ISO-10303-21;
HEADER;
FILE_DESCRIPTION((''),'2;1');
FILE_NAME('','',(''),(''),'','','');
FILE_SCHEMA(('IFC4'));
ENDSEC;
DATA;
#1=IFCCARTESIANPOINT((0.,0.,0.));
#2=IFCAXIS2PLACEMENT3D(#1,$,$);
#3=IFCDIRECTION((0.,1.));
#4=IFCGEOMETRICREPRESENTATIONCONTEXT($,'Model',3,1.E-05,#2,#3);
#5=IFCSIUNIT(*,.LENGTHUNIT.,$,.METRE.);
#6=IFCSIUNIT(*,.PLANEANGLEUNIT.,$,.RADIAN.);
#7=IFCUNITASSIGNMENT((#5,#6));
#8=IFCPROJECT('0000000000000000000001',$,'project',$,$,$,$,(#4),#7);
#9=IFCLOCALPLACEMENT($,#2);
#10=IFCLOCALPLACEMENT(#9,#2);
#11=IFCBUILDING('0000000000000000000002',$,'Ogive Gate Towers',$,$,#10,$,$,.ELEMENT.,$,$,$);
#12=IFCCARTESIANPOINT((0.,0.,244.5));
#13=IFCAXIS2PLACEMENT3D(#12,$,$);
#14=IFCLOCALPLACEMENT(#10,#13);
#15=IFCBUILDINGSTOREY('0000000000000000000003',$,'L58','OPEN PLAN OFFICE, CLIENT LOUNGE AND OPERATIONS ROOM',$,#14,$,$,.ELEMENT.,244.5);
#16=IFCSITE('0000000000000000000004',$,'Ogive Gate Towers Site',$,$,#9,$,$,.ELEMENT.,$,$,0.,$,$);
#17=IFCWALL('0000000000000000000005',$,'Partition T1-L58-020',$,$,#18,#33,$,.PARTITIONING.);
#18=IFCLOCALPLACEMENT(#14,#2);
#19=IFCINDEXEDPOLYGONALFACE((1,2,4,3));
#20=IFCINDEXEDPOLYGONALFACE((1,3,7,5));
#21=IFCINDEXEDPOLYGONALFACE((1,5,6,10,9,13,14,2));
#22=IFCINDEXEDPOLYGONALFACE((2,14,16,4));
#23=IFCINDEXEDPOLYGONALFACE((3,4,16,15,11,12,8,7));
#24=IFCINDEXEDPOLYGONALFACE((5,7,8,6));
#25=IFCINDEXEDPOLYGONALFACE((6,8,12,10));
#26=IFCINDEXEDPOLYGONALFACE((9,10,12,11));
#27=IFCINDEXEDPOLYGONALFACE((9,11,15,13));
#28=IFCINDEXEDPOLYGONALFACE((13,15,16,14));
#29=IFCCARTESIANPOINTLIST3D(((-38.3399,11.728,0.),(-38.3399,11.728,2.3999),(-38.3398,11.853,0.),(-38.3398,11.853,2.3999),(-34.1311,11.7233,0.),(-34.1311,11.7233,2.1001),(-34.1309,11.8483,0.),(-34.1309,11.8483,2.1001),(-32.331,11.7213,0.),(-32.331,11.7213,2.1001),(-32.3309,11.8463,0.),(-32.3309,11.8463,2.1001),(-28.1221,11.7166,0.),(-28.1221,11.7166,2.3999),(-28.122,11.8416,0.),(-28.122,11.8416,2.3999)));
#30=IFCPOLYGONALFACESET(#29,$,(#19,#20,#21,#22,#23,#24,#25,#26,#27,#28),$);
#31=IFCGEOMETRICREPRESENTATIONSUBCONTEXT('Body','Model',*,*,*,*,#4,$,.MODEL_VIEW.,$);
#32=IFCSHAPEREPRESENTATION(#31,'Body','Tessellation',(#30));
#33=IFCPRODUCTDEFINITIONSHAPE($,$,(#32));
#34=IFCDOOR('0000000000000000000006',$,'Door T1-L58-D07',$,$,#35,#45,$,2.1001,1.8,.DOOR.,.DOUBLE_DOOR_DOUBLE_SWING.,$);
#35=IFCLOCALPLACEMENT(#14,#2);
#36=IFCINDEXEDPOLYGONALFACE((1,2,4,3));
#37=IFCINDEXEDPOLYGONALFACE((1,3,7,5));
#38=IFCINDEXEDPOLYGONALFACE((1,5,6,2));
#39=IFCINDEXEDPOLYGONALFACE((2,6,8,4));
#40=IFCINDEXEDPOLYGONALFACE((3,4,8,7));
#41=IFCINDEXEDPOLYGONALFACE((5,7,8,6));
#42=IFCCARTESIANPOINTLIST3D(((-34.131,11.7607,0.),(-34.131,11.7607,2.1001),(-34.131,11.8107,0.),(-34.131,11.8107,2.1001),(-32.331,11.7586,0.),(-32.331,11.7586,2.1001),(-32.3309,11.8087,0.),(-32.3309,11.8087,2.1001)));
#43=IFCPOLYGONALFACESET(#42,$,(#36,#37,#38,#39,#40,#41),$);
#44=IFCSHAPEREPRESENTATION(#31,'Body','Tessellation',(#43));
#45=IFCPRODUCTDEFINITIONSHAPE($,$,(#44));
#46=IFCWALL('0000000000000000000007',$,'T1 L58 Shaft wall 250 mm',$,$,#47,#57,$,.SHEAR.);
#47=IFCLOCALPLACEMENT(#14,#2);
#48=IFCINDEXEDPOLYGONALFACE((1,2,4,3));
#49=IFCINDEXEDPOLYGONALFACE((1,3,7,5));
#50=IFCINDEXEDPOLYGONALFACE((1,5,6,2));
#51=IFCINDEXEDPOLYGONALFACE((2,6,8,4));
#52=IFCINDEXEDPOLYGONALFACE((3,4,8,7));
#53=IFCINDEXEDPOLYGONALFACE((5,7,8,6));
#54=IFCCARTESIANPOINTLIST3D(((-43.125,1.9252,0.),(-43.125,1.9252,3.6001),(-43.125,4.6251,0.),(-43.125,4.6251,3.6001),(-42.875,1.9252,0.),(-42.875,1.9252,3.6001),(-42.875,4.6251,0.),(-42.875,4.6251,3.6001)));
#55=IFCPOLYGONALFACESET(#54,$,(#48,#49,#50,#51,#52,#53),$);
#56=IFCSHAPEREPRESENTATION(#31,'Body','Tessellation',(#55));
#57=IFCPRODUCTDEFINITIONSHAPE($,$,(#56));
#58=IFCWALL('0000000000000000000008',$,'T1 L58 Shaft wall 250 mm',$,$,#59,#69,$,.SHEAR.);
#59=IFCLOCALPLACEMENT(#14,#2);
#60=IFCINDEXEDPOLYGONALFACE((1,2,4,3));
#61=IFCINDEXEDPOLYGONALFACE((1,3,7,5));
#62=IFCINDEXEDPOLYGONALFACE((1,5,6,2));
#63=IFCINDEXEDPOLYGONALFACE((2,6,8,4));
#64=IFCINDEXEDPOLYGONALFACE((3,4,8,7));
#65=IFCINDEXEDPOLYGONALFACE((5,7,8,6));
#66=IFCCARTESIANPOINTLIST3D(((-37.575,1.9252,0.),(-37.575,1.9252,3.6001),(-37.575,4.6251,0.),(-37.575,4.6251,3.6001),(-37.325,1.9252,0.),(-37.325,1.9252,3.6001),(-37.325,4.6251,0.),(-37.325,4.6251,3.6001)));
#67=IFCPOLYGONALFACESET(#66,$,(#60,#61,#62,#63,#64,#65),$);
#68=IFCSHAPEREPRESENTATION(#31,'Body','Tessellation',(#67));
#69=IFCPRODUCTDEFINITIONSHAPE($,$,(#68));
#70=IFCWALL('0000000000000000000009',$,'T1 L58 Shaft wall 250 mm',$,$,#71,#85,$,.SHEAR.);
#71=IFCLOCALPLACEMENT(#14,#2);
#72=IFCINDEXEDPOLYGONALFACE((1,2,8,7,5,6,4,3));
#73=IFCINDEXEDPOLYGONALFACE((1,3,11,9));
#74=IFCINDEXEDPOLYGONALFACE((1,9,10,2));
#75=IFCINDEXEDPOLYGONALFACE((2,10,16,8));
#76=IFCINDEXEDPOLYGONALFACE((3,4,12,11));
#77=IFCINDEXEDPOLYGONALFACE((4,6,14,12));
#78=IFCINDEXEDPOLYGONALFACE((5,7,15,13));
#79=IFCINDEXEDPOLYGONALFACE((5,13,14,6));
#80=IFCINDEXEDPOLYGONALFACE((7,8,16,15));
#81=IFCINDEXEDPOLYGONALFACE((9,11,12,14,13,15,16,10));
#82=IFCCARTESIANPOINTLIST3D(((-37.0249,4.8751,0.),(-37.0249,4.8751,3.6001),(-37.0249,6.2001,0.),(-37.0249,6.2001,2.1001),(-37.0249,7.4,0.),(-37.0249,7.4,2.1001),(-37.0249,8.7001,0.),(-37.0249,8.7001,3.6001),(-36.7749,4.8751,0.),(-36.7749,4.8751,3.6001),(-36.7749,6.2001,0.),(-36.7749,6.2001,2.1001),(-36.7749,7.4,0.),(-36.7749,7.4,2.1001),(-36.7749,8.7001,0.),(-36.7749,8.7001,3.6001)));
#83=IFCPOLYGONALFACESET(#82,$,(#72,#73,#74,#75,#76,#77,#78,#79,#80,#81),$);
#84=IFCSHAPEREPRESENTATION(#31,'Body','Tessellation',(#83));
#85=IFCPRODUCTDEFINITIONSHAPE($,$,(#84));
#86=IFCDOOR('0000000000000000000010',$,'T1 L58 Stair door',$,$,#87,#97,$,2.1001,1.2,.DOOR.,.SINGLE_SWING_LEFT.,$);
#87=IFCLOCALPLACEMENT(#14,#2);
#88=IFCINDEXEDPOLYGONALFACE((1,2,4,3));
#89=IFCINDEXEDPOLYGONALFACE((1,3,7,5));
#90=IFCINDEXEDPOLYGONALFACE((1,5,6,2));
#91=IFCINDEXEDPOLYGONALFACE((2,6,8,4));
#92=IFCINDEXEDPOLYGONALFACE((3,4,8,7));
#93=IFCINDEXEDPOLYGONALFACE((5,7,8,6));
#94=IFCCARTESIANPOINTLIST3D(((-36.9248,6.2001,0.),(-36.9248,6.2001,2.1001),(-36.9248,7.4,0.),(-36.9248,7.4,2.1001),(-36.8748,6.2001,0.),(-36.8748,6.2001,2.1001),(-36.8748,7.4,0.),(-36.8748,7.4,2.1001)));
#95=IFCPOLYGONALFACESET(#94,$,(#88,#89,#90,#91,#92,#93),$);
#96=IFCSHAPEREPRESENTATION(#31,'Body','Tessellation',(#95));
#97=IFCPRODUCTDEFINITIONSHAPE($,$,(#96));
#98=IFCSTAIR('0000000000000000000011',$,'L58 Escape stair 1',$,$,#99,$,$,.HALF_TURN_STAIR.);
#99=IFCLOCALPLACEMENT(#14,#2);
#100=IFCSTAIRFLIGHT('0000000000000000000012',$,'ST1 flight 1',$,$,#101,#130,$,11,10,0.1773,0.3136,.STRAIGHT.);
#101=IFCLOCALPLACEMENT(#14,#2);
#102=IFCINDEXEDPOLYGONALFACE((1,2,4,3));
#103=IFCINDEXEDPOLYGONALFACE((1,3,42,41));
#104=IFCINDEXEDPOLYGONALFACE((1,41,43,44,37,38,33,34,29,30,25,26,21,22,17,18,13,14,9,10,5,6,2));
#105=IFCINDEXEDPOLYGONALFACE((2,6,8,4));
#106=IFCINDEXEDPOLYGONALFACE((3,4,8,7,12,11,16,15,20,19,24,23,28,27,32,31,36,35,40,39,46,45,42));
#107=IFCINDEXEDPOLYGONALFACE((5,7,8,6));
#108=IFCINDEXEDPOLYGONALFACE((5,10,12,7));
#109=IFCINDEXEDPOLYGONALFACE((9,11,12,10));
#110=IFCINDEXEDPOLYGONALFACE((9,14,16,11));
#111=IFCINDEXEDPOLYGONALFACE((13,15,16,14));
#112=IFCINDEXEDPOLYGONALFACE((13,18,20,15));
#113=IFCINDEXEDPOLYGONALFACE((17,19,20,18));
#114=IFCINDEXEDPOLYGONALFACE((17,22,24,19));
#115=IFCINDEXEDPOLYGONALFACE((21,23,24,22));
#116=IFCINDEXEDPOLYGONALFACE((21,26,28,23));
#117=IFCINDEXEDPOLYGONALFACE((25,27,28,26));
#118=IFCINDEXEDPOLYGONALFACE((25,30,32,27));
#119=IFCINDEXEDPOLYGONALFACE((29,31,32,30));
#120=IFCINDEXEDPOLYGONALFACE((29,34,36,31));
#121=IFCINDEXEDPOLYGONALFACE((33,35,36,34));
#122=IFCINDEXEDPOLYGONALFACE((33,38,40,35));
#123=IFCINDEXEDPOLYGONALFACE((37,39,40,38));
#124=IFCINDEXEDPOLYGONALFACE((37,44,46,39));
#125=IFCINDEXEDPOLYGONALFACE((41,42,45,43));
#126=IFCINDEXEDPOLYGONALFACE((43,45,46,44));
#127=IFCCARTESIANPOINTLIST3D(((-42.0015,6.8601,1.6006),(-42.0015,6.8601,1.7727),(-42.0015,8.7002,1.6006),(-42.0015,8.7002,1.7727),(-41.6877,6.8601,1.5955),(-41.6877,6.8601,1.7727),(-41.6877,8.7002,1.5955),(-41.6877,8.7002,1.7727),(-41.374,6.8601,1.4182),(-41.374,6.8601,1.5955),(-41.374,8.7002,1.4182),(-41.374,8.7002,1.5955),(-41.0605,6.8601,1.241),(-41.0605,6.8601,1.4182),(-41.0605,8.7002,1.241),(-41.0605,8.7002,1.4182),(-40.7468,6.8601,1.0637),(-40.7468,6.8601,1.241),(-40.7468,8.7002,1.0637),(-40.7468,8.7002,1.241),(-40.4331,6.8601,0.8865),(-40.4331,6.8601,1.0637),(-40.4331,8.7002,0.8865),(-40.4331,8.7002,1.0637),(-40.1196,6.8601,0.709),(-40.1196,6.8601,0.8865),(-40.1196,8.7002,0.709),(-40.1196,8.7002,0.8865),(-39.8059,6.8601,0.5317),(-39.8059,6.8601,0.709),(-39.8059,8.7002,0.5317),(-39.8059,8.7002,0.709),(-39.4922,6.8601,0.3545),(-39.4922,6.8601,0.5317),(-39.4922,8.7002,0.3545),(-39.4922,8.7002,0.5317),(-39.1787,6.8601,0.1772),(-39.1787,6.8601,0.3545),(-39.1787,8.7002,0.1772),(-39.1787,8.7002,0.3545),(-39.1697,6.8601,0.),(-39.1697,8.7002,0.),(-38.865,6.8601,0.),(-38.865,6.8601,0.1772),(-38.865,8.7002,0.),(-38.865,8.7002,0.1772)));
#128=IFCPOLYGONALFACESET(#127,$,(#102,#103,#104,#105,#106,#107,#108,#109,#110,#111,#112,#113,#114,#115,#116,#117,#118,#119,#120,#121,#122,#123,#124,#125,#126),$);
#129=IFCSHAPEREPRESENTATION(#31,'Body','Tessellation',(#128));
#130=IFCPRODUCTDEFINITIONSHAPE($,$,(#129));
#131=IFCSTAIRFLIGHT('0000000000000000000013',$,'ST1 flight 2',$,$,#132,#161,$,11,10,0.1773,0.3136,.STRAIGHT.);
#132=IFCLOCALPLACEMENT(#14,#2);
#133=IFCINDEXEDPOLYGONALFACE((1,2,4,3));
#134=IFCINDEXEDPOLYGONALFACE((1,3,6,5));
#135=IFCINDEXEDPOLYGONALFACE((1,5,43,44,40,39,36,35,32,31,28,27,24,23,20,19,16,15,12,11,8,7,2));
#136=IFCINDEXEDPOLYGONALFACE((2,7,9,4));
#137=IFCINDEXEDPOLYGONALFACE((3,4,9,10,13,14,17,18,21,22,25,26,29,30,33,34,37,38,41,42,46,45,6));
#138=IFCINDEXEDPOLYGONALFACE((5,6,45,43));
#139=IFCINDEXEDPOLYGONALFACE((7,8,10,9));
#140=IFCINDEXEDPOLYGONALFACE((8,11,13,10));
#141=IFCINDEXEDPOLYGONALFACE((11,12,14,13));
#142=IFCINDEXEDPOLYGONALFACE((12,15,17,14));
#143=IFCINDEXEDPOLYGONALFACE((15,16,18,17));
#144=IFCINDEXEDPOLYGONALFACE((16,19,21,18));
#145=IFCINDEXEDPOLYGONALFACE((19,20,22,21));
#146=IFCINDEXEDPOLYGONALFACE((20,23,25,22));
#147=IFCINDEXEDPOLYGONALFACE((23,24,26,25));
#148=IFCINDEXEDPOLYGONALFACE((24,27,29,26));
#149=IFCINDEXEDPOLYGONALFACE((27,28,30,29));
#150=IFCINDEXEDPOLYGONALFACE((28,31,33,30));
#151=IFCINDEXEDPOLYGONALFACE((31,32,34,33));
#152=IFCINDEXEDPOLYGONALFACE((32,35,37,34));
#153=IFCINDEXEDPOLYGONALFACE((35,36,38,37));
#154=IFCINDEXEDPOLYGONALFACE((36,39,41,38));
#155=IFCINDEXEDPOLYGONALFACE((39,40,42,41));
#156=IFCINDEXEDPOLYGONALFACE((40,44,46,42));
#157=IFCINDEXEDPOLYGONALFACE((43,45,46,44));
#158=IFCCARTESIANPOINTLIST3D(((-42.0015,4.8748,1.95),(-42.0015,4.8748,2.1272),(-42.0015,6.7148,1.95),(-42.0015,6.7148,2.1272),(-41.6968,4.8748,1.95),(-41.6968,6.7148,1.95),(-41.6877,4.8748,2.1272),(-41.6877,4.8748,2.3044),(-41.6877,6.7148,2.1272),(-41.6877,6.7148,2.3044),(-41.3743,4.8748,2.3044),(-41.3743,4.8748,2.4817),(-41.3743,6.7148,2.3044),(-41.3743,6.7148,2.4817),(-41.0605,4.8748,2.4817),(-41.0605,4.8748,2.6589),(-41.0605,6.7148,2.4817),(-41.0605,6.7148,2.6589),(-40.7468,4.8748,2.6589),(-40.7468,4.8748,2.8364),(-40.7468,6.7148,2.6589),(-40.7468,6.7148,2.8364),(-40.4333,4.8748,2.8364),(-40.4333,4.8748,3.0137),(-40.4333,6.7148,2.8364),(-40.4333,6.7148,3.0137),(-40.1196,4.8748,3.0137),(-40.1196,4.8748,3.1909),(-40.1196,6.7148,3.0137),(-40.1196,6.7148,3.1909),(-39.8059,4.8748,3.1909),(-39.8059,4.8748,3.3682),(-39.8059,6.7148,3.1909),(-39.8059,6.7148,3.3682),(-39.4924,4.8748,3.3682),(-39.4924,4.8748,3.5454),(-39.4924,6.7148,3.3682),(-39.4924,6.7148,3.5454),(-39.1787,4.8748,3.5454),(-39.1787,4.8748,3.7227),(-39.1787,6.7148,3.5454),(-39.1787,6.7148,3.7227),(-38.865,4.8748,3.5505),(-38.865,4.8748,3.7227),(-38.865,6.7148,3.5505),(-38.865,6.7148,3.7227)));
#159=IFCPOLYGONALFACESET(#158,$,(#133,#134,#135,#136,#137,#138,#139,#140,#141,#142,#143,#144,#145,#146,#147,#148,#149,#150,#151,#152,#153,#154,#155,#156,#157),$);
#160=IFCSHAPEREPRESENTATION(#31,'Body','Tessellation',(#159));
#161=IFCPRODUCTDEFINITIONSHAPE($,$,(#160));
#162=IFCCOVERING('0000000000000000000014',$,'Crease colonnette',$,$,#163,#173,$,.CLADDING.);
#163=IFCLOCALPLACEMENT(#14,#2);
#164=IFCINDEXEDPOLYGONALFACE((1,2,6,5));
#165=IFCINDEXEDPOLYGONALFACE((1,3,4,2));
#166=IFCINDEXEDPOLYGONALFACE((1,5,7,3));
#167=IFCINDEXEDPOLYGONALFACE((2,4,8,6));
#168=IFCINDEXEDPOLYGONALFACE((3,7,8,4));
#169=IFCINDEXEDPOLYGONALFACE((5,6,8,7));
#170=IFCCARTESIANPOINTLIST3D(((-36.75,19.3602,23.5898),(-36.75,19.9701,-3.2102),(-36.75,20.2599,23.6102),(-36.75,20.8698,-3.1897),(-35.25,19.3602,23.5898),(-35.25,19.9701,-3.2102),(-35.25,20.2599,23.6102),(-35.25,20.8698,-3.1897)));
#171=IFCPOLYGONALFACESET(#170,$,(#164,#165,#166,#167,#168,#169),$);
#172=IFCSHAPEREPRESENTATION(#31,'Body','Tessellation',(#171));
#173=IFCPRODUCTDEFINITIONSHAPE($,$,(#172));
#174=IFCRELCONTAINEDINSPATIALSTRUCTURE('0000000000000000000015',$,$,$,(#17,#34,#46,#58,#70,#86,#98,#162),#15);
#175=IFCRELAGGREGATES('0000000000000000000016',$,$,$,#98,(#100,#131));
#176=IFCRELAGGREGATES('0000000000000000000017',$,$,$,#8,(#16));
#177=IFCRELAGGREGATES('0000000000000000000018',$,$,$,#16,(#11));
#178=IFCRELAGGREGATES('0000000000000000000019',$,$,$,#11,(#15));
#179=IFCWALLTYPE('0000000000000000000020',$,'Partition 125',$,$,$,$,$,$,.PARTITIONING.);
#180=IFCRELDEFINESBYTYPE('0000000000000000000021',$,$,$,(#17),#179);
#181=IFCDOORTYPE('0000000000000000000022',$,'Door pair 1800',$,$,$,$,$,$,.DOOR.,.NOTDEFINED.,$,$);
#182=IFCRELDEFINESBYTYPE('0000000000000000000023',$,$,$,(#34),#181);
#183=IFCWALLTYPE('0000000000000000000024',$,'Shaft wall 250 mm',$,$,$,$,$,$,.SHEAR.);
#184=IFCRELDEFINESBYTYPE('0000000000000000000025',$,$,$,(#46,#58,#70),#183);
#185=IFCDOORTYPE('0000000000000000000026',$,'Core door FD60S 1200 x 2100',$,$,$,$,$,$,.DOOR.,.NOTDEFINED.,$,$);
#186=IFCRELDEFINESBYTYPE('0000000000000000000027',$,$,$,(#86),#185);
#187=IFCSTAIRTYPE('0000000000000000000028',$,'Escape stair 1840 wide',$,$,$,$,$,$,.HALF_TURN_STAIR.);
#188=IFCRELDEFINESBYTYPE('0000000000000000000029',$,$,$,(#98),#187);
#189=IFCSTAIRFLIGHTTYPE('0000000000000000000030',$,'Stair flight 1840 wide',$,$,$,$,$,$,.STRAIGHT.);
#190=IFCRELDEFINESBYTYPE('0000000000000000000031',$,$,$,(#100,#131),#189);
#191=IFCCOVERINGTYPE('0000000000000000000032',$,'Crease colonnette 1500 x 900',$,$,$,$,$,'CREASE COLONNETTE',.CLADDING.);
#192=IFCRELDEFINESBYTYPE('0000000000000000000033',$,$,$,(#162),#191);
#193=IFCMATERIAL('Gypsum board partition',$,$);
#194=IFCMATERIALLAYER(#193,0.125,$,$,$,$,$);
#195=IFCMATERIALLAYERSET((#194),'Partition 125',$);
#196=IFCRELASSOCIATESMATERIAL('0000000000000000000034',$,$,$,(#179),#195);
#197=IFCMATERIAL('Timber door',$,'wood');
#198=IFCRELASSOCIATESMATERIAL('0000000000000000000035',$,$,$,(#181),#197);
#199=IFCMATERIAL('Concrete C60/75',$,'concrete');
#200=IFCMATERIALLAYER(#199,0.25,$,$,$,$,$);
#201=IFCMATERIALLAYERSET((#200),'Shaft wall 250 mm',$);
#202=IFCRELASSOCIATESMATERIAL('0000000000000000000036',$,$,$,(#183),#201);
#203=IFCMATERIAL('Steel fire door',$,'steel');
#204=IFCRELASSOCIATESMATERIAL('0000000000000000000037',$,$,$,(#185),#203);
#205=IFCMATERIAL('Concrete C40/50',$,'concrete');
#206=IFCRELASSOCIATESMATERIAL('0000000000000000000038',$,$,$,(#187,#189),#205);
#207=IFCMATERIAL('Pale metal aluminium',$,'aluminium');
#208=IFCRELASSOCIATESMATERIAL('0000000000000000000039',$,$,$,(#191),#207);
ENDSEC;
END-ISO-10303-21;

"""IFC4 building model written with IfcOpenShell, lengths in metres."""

from ifc_helpers import new_model, si_unit, direction, frame, frame_2d, origin, origin_2d, place, context, subcontext, project, spatial, polyline, rectangle, outline, extrude, material, layer, layer_set, material_profile, profile_set, type_object, element, fill, aggregate, save


model = new_model("IFC4")

# Units and contexts
model_context = context("Model", 3, precision=1e-05, world=origin(), true_north=direction((0.0, 1.0)))
body_context = subcontext(model_context, "Body", "Model", "MODEL_VIEW")
ifc_project = project(units=[si_unit("LENGTHUNIT", "METRE"), si_unit("PLANEANGLEUNIT", "RADIAN")], contexts=[model_context])

# Site, building, storey
site_placement = place(None, origin())
site = spatial("IfcSite", under=ifc_project, at=site_placement, Name="Ogive Gate Towers Site", CompositionType="ELEMENT", RefElevation=0.0)
building_placement = place(site_placement, origin())
building = spatial("IfcBuilding", under=site, at=building_placement, Name="Ogive Gate Towers", CompositionType="ELEMENT")
storey_placement = place(building_placement, frame((0.0, 0.0, 244.5)))
storey = spatial("IfcBuildingStorey", under=building, at=storey_placement, Name="L58", Description="OPEN PLAN OFFICE, CLIENT LOUNGE AND OPERATIONS ROOM", CompositionType="ELEMENT", Elevation=244.5)

# Shared definitions
ifc_material_1 = material(Name="Gypsum board partition")
ifc_layer_1 = layer(ifc_material_1, 0.125)
ifc_layer_set_1 = layer_set([ifc_layer_1], Name="Partition 125")
wall_type_1 = type_object("IfcWallType", Name="Partition 125", PredefinedType="PARTITIONING", material=ifc_layer_set_1)

# Wall, opening, door
wall_1_placement = place(storey_placement, frame((-38.3398, 11.7905, 0.0), z_axis=(0.0, 0.0, 1.0), x_axis=(0.999999, -0.001123, 0.0)))
wall_1 = element("IfcWall", 1, at=wall_1_placement, inside=storey, type_object=wall_type_1, Name="Partition T1-L58-020", PredefinedType="PARTITIONING", context=body_context, shape_type="SweptSolid", body=[
    extrude(rectangle(XDim=10.2178, YDim=0.125, at=frame_2d((5.1089, 0.0))), origin(), (0.0, 0.0, 1.0), 2.3999),
])
opening_1_placement = place(wall_1_placement, frame((4.209, 0.0, 0.0)))
opening_1 = element("IfcOpeningElement", 2, at=opening_1_placement, cuts=wall_1, PredefinedType="OPENING", context=body_context, shape_type="SweptSolid", body=[
    extrude(rectangle(XDim=1.8, YDim=2.1001, at=frame_2d((0.8999, 1.05))), frame((0.0, 0.0725, 0.0), z_axis=(0.0, -1.0, 0.0), x_axis=(1.0, 0.0, 0.0)), (0.0, 0.0, 1.0), 0.145),
])
ifc_material_2 = material(Name="Timber door", Category="wood")
door_type_1 = type_object("IfcDoorType", Name="Door pair 1800", OperationType="NOTDEFINED", PredefinedType="DOOR", material=ifc_material_2)
door_1_placement = place(opening_1_placement, origin())
door_1 = element("IfcDoor", 3, at=door_1_placement, inside=storey, type_object=door_type_1, Name="Door T1-L58-D07", OperationType="DOUBLE_DOOR_DOUBLE_SWING", OverallHeight=2.1001, OverallWidth=1.8, PredefinedType="DOOR", context=body_context, shape_type="SweptSolid", body=[
    extrude(rectangle(XDim=1.8, YDim=2.1001, at=frame_2d((0.8999, 1.05))), frame((0.0, 0.0249, 0.0), z_axis=(0.0, -1.0, 0.0), x_axis=(1.0, 0.0, 0.0)), (0.0, 0.0, 1.0), 0.05),
])
fill(opening_1, door_1)

# Walls
ifc_material_3 = material(Name="Concrete C60/75", Category="concrete")
ifc_layer_2 = layer(ifc_material_3, 0.25)
ifc_layer_set_2 = layer_set([ifc_layer_2], Name="Shaft wall 250 mm")
wall_type_2 = type_object("IfcWallType", Name="Shaft wall 250 mm", PredefinedType="SHEAR", material=ifc_layer_set_2)
for number, where, z_axis, x_axis, name in (
    (4, (-43.0, 1.925, 0.0), (0.0, 0.0, 1.0), (0.0, 1.0, 0.0), "T1 L58 Shaft wall 250 mm"),
    (5, (-37.45, 1.925, 0.0), (0.0, 0.0, 1.0), (0.0, 1.0, 0.0), "T1 L58 Shaft wall 250 mm"),
):
    element("IfcWall", number, at=place(storey_placement, frame(where, z_axis=z_axis, x_axis=x_axis)), inside=storey, type_object=wall_type_2, Name=name, PredefinedType="SHEAR", context=body_context, shape_type="SweptSolid", body=[
        extrude(rectangle(XDim=2.7, YDim=0.25, at=frame_2d((1.3501, 0.0))), origin(), (0.0, 0.0, 1.0), 3.6001),
    ])

# Wall, opening, door
wall_2_placement = place(storey_placement, frame((-36.8999, 4.875, 0.0), z_axis=(0.0, 0.0, 1.0), x_axis=(0.0, 1.0, 0.0)))
wall_2 = element("IfcWall", 6, at=wall_2_placement, inside=storey, type_object=wall_type_2, Name="T1 L58 Shaft wall 250 mm", PredefinedType="SHEAR", context=body_context, shape_type="SweptSolid", body=[
    extrude(rectangle(XDim=3.825, YDim=0.25, at=frame_2d((1.9126, 0.0))), origin(), (0.0, 0.0, 1.0), 3.6001),
])
opening_2_placement = place(wall_2_placement, frame((1.325, 0.0, 0.0)))
opening_2 = element("IfcOpeningElement", 7, at=opening_2_placement, cuts=wall_2, PredefinedType="OPENING", context=body_context, shape_type="SweptSolid", body=[
    extrude(rectangle(XDim=1.2, YDim=2.1001, at=frame_2d((0.6001, 1.05))), frame((0.0, 0.135, 0.0), z_axis=(0.0, -1.0, 0.0), x_axis=(1.0, 0.0, 0.0)), (0.0, 0.0, 1.0), 0.27),
])
ifc_material_4 = material(Name="Steel fire door", Category="steel")
door_type_2 = type_object("IfcDoorType", Name="Core door FD60S 1200 x 2100", OperationType="NOTDEFINED", PredefinedType="DOOR", material=ifc_material_4)
door_2_placement = place(opening_2_placement, origin())
door_2 = element("IfcDoor", 8, at=door_2_placement, inside=storey, type_object=door_type_2, Name="T1 L58 Stair door", OperationType="SINGLE_SWING_LEFT", OverallHeight=2.1001, OverallWidth=1.2, PredefinedType="DOOR", context=body_context, shape_type="SweptSolid", body=[
    extrude(rectangle(XDim=1.2, YDim=2.1001, at=frame_2d((0.6001, 1.05))), frame((0.0, 0.0249, 0.0), z_axis=(0.0, -1.0, 0.0), x_axis=(1.0, 0.0, 0.0)), (0.0, 0.0, 1.0), 0.05),
])
fill(opening_2, door_2)

# Stair, stair flights
ifc_material_5 = material(Name="Concrete C40/50", Category="concrete")
stair_type = type_object("IfcStairType", Name="Escape stair 1840 wide", PredefinedType="HALF_TURN_STAIR", material=ifc_material_5)
stair_placement = place(storey_placement, origin())
stair = element("IfcStair", 9, at=stair_placement, inside=storey, type_object=stair_type, Name="L58 Escape stair 1", PredefinedType="HALF_TURN_STAIR")
stair_flight_type = type_object("IfcStairFlightType", Name="Stair flight 1840 wide", PredefinedType="STRAIGHT", material=ifc_material_5)
stair_flight_1_placement = place(storey_placement, frame((-38.865, 7.78, 0.0), z_axis=(0.0, 0.0, 1.0), x_axis=(-1.0, 0.0, 0.0)))
stair_flight_1 = element("IfcStairFlight", 10, at=stair_flight_1_placement, type_object=stair_flight_type, Name="ST1 flight 1", NumberOfRisers=11, NumberOfTreads=10, PredefinedType="STRAIGHT", RiserHeight=0.1773, TreadLength=0.3136, context=body_context, shape_type="SweptSolid", body=[
    extrude(outline(polyline([(0.0, 0.0), (0.0, 0.1772), (0.3137, 0.1772), (0.3137, 0.3545), (0.6272, 0.3545), (0.6272, 0.5317), (0.9409, 0.5317), (0.9409, 0.709), (1.2546, 0.709), (1.2546, 0.8865), (1.5681, 0.8865), (1.5681, 1.0637), (1.8818, 1.0637), (1.8818, 1.241), (2.1956, 1.241), (2.1956, 1.4182), (2.509, 1.4182), (2.509, 1.5955), (2.8228, 1.5955), (2.8228, 1.7727), (3.1365, 1.7727), (3.1365, 1.95), (3.1365, 1.6006), (0.3047, 0.0), (0.0, 0.0)])), frame((0.0, 0.9199, 0.0), z_axis=(0.0, -1.0, 0.0), x_axis=(1.0, 0.0, 0.0)), (0.0, 0.0, 1.0), 1.8401),
])
stair_flight_2_placement = place(storey_placement, frame((-42.0015, 5.7949, 1.95), z_axis=(0.0, 0.0, 1.0), x_axis=(1.0, 0.0, 0.0)))
stair_flight_2 = element("IfcStairFlight", 11, at=stair_flight_2_placement, type_object=stair_flight_type, Name="ST1 flight 2", NumberOfRisers=11, NumberOfTreads=10, PredefinedType="STRAIGHT", RiserHeight=0.1773, TreadLength=0.3136, context=body_context, shape_type="SweptSolid", body=[
    extrude(outline(polyline([(0.0, 0.0), (0.0, 0.1772), (0.3137, 0.1772), (0.3137, 0.3545), (0.6272, 0.3545), (0.6272, 0.5317), (0.9409, 0.5317), (0.9409, 0.709), (1.2546, 0.709), (1.2546, 0.8865), (1.5681, 0.8865), (1.5681, 1.0637), (1.8818, 1.0637), (1.8818, 1.241), (2.1956, 1.241), (2.1956, 1.4182), (2.509, 1.4182), (2.509, 1.5955), (2.8228, 1.5955), (2.8228, 1.7727), (3.1365, 1.7727), (3.1365, 1.95), (3.1365, 1.6006), (0.3047, 0.0), (0.0, 0.0)])), frame((0.0, 0.9199, 0.0), z_axis=(0.0, -1.0, 0.0), x_axis=(1.0, 0.0, 0.0)), (0.0, 0.0, 1.0), 1.8401),
])
aggregate(stair, [stair_flight_1, stair_flight_2])

# Covering
ifc_material_6 = material(Name="Pale metal aluminium", Category="aluminium")
ifc_material_profile_1 = material_profile(ifc_material_6, rectangle(XDim=1.5, YDim=0.8999, at=origin_2d()), Name="1500 x 900 pale metal aluminium")
ifc_profile_set_1 = profile_set([ifc_material_profile_1], Name="Pale metal aluminium")
covering_type = type_object("IfcCoveringType", Name="Crease colonnette 1500 x 900", ElementType="CREASE COLONNETTE", PredefinedType="CLADDING", material=ifc_profile_set_1)
covering_placement = place(storey_placement, frame((-36.0, 20.4199, -3.2), z_axis=(0.0, -0.02275, 0.999741), x_axis=(1.0, 0.0, 0.0)))
element("IfcCovering", 12, at=covering_placement, inside=storey, type_object=covering_type, Name="Crease colonnette", PredefinedType="CLADDING", context=body_context, shape_type="SweptSolid", body=[
    extrude(rectangle(XDim=1.5, YDim=0.8999, at=origin_2d()), origin(), (0.0, 0.0, 1.0), 26.8069),
])

save(model, "model.ifc")
